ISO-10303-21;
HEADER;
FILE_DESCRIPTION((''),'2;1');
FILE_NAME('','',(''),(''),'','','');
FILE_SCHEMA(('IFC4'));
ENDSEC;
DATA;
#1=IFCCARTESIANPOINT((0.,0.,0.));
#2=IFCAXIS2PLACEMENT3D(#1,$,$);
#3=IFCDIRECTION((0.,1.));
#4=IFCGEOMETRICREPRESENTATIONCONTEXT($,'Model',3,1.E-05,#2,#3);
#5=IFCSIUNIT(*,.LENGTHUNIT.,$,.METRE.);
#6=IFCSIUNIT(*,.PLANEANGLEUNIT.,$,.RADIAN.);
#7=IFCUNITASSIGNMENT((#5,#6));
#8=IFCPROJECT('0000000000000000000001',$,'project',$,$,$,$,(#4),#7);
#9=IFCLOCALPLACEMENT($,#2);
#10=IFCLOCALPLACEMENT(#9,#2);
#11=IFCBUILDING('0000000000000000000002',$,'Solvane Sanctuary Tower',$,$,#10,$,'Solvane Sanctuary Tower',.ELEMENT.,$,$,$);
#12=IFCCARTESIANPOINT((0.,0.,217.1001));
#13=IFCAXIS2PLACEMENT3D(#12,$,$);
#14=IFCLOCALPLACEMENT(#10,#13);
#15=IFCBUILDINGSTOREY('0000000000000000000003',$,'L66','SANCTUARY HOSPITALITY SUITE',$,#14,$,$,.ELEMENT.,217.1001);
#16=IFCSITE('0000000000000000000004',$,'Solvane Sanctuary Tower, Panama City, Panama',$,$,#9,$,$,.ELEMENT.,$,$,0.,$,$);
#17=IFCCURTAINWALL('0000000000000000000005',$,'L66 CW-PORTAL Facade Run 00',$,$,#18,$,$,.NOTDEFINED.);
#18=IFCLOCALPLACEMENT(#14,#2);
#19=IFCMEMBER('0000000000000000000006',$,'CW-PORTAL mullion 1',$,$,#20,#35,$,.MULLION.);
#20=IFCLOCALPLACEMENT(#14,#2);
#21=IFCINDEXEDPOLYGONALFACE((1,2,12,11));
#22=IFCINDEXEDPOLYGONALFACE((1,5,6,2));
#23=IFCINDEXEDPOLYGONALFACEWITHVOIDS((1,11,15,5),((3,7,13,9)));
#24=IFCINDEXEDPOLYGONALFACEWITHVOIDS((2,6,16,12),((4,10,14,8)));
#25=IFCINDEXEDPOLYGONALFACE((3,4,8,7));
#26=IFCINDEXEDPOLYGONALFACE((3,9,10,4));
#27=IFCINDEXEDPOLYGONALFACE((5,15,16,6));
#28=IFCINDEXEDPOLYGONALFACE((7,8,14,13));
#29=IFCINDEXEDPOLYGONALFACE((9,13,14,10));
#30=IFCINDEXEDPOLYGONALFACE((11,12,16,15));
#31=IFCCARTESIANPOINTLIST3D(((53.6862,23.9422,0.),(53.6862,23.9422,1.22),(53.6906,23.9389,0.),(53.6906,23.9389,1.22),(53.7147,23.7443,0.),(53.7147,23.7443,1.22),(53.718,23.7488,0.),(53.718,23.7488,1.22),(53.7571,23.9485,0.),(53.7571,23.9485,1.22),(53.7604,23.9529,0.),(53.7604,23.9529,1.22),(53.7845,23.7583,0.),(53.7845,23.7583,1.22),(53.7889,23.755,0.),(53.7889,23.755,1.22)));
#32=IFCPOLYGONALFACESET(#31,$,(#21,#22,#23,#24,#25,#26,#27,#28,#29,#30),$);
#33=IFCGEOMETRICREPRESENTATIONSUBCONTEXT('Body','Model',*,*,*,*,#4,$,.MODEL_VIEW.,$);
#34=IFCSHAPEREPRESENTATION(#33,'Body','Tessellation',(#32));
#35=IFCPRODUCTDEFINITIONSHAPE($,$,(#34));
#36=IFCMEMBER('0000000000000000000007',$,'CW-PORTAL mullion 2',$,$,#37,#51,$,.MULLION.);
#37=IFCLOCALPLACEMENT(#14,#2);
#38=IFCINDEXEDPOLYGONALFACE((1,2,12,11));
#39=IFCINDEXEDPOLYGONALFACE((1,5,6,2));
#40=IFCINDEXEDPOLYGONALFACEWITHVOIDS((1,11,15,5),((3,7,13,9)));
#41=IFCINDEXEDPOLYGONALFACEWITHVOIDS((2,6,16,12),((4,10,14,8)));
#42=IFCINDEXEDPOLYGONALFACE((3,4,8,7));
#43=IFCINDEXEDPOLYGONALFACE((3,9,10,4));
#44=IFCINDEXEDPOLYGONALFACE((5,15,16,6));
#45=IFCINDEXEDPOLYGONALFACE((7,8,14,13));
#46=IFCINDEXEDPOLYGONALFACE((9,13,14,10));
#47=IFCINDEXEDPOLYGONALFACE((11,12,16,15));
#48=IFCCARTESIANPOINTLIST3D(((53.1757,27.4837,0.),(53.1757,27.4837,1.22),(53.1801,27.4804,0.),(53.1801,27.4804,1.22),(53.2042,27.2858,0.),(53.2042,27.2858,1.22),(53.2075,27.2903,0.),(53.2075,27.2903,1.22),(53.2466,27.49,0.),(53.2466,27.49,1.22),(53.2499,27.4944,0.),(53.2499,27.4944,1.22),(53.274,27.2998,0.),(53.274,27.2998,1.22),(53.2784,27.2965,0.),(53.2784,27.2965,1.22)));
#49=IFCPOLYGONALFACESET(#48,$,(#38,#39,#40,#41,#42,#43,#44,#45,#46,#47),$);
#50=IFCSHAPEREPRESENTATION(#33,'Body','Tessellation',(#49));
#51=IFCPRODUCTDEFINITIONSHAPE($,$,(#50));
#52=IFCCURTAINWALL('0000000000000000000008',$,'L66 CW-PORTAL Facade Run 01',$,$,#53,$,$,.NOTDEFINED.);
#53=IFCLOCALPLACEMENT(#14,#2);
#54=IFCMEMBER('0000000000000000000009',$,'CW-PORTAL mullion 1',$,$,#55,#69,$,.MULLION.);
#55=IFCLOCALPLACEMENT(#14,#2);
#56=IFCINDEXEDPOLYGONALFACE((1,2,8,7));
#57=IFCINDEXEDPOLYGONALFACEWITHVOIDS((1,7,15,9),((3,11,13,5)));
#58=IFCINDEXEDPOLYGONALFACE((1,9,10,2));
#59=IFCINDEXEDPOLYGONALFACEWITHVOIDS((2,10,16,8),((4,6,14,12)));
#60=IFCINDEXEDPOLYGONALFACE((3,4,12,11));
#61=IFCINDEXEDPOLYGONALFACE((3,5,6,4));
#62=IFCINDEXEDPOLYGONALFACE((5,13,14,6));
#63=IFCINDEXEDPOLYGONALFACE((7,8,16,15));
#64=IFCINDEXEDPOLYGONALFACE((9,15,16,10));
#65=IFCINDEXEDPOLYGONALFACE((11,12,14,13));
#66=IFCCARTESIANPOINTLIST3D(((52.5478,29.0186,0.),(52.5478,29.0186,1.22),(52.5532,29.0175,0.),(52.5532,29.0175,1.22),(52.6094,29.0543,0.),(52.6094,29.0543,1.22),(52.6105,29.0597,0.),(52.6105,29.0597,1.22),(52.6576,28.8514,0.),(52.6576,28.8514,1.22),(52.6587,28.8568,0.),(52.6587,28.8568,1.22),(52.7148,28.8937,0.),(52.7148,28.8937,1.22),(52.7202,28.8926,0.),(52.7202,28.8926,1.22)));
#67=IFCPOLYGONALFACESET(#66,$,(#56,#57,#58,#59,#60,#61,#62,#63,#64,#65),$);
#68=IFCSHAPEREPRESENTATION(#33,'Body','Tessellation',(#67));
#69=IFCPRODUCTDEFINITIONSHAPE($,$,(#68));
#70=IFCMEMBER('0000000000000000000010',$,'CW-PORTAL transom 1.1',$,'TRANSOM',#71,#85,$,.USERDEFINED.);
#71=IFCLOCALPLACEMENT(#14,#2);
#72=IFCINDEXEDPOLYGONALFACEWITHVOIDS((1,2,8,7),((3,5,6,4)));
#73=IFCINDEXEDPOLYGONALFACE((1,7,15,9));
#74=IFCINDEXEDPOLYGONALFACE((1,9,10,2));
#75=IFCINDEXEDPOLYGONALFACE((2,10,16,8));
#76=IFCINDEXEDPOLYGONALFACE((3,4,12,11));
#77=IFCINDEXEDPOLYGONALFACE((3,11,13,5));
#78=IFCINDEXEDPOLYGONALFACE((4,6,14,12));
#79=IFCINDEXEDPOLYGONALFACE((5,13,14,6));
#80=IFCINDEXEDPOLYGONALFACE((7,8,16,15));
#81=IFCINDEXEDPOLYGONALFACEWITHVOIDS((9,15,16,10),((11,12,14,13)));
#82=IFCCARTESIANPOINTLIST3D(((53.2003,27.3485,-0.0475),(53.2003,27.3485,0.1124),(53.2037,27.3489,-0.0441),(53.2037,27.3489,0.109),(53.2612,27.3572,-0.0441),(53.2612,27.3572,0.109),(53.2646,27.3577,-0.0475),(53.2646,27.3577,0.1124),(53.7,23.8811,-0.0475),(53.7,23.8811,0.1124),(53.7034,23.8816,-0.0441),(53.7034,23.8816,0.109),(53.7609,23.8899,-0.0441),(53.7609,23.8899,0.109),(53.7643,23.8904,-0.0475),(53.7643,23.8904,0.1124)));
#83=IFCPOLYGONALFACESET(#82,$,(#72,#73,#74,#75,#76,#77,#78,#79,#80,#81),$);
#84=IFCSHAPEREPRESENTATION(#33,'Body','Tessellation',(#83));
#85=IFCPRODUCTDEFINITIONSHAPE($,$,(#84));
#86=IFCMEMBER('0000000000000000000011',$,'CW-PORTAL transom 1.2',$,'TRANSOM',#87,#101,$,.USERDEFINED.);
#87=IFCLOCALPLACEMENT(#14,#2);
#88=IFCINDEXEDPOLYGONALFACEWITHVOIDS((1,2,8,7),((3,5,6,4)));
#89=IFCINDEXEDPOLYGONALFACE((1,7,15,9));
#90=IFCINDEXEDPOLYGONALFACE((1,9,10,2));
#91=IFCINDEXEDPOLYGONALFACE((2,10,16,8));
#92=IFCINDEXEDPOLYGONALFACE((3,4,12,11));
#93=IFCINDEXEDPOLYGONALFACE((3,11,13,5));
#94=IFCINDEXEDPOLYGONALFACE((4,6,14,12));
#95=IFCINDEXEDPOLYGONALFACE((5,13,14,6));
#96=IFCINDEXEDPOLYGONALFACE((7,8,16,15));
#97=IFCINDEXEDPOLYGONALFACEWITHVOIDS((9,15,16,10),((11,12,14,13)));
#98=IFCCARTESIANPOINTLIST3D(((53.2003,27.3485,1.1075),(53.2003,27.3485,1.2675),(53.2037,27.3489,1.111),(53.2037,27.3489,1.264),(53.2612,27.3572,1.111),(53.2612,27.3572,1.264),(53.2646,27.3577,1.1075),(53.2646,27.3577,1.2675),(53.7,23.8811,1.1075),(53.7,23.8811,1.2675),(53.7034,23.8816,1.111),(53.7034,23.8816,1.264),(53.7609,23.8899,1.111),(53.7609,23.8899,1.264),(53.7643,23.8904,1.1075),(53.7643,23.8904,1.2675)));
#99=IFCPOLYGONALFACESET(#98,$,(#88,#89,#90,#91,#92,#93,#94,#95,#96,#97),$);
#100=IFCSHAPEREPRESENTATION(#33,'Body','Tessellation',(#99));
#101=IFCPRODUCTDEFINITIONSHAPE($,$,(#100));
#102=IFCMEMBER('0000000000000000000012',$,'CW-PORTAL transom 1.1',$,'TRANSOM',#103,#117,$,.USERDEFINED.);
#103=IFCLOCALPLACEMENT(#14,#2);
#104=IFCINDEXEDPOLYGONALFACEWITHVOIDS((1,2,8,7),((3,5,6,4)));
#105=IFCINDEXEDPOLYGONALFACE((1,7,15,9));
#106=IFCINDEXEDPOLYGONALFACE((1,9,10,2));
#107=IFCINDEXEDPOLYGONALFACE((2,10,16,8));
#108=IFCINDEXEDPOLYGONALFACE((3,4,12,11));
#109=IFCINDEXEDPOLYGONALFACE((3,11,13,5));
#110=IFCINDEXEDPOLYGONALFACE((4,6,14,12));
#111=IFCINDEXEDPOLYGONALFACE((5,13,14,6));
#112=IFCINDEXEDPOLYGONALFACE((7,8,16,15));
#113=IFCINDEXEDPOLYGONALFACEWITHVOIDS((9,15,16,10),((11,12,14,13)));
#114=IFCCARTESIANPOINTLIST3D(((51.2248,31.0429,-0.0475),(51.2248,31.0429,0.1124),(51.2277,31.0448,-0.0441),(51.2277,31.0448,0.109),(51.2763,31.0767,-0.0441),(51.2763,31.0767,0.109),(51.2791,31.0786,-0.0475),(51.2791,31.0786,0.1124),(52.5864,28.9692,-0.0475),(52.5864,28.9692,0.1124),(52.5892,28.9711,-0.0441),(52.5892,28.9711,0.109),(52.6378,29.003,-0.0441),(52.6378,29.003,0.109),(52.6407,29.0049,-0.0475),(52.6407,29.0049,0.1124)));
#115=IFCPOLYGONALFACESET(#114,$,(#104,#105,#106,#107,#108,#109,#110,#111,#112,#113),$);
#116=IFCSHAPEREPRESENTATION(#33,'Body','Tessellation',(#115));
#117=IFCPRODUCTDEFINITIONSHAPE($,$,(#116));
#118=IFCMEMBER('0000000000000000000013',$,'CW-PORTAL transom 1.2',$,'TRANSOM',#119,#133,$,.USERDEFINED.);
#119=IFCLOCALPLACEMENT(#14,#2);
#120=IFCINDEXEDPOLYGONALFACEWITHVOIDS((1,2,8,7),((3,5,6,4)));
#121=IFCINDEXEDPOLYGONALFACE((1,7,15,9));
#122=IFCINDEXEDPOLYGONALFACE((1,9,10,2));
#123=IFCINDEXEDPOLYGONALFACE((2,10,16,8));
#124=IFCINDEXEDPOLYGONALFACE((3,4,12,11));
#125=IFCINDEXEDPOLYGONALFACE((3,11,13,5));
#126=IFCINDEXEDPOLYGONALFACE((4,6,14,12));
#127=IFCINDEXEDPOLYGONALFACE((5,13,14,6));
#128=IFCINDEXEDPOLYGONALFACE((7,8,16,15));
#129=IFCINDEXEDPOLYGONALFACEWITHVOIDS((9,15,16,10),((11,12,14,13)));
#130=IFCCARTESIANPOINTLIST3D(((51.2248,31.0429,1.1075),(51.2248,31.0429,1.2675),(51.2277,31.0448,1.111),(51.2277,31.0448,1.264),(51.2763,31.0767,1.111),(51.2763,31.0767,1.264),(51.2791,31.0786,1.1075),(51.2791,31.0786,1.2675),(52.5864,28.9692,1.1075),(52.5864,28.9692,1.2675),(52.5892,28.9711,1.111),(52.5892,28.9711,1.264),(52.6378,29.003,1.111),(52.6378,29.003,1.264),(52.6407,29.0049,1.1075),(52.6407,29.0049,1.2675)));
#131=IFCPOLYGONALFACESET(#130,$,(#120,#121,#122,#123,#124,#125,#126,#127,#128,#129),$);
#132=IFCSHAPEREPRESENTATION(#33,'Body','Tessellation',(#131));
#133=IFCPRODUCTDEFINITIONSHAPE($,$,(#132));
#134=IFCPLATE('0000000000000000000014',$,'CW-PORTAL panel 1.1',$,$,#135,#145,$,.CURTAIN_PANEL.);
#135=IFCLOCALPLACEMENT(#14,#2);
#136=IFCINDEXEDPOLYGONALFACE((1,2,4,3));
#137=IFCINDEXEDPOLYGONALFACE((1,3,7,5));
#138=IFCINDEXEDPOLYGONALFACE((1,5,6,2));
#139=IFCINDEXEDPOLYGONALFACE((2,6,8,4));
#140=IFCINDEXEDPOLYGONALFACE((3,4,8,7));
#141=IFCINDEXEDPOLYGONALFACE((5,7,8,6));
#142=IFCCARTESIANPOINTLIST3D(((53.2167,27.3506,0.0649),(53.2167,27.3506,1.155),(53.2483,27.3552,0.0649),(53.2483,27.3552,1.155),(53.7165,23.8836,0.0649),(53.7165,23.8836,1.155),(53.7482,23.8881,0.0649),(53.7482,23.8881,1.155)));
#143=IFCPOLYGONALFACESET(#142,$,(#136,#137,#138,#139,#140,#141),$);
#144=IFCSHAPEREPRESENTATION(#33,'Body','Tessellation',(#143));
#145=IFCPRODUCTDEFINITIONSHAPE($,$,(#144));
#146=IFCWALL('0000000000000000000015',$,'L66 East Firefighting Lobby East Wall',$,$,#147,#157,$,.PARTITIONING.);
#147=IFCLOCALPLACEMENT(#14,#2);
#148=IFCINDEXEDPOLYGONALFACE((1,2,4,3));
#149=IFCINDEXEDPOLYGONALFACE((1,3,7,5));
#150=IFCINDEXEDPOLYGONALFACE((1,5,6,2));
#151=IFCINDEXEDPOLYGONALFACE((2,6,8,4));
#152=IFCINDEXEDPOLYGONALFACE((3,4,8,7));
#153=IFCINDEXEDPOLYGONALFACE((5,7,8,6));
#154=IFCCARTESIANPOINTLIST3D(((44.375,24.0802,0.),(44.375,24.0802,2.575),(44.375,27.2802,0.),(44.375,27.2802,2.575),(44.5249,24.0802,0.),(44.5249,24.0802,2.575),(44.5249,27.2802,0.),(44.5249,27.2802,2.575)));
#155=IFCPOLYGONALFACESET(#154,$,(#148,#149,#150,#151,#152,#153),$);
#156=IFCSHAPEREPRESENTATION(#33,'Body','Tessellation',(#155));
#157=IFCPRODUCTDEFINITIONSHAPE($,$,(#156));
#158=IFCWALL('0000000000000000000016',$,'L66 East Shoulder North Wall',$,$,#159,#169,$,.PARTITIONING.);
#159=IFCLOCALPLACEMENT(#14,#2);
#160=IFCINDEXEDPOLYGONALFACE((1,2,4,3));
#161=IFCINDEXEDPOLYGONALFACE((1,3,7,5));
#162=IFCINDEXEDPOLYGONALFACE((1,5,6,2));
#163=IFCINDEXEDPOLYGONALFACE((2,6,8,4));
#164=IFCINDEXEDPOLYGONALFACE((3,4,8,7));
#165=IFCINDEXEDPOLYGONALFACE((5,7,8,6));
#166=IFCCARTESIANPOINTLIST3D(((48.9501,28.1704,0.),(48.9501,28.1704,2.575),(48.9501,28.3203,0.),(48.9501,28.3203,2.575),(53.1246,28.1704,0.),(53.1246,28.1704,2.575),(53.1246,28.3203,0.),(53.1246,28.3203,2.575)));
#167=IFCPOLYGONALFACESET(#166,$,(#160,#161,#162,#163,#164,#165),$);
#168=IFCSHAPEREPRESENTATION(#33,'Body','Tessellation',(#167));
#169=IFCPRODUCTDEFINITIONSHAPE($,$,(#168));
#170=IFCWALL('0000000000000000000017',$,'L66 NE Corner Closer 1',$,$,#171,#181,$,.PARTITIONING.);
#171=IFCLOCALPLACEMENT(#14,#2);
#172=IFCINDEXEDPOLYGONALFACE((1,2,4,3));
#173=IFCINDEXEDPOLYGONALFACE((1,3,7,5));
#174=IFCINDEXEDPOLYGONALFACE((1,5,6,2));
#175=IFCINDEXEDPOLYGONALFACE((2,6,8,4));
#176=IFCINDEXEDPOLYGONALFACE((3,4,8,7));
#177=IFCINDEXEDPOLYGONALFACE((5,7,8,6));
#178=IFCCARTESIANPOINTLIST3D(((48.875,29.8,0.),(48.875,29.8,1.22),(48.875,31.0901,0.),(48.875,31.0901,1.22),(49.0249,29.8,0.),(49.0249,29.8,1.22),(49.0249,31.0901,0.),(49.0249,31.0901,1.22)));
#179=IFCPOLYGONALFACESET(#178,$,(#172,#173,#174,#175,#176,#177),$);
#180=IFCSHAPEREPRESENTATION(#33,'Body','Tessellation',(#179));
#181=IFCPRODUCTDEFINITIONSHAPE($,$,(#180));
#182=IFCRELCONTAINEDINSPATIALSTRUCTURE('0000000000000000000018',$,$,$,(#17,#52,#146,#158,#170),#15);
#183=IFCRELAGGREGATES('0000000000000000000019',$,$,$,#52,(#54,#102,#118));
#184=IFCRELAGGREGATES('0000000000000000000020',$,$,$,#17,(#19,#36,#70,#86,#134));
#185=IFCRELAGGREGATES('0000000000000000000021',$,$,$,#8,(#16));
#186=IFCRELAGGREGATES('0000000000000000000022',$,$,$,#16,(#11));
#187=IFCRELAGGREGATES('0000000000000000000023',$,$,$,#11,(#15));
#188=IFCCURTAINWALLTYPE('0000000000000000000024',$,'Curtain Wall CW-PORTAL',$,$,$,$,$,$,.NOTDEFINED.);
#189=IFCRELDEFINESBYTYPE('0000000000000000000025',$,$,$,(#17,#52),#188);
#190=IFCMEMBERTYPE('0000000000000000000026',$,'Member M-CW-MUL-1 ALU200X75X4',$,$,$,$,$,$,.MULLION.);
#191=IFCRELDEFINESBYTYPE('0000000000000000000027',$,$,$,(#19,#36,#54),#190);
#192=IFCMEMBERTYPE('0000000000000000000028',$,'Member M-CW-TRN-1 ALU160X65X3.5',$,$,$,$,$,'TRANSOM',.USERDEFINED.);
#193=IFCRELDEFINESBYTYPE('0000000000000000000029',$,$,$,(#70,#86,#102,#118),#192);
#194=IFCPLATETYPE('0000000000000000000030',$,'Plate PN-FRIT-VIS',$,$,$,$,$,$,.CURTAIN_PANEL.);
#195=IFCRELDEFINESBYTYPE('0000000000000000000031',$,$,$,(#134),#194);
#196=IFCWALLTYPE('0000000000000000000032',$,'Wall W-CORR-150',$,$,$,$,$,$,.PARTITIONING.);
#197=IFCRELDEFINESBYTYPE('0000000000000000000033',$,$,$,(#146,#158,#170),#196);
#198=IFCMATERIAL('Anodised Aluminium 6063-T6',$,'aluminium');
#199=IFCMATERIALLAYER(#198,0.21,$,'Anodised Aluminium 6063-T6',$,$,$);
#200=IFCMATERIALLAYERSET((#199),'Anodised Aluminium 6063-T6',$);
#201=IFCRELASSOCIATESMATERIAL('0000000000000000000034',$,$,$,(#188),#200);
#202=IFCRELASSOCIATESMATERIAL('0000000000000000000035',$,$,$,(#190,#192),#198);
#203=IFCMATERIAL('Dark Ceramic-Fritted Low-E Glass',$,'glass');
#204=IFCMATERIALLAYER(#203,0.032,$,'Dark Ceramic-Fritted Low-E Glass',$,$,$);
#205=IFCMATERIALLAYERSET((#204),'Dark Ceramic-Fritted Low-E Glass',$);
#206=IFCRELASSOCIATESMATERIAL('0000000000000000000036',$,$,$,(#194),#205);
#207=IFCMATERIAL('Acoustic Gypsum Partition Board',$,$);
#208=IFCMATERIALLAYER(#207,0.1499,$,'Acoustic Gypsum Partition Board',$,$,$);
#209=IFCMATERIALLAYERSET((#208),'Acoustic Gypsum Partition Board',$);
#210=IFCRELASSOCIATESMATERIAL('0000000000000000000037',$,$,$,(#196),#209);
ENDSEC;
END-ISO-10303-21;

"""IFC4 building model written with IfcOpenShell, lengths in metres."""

from ifc_helpers import new_model, si_unit, direction, frame, frame_2d, origin, origin_2d, place, context, subcontext, project, spatial, rectangle, hollow_rectangle, extrude, material, layer, layer_set, material_profile, profile_set, type_object, element, aggregate, save


model = new_model("IFC4")

# Units and contexts
model_context = context("Model", 3, precision=1e-05, world=origin(), true_north=direction((0.0, 1.0)))
body_context = subcontext(model_context, "Body", "Model", "MODEL_VIEW")
ifc_project = project(units=[si_unit("LENGTHUNIT", "METRE"), si_unit("PLANEANGLEUNIT", "RADIAN")], contexts=[model_context])

# Site, building, storey
site_placement = place(None, origin())
site = spatial("IfcSite", under=ifc_project, at=site_placement, Name="Solvane Sanctuary Tower, Panama City, Panama", CompositionType="ELEMENT", RefElevation=0.0)
building_placement = place(site_placement, origin())
building = spatial("IfcBuilding", under=site, at=building_placement, Name="Solvane Sanctuary Tower", LongName="Solvane Sanctuary Tower", CompositionType="ELEMENT")
storey_placement = place(building_placement, frame((0.0, 0.0, 217.1001)))
storey = spatial("IfcBuildingStorey", under=building, at=storey_placement, Name="L66", Description="SANCTUARY HOSPITALITY SUITE", CompositionType="ELEMENT", Elevation=217.1001)

# Curtain wall, members
ifc_material_1 = material(Name="Anodised Aluminium 6063-T6", Category="aluminium")
ifc_layer_1 = layer(ifc_material_1, 0.21, Name="Anodised Aluminium 6063-T6")
ifc_layer_set_1 = layer_set([ifc_layer_1], Name="Anodised Aluminium 6063-T6")
curtain_wall_type = type_object("IfcCurtainWallType", Name="Curtain Wall CW-PORTAL", PredefinedType="NOTDEFINED", material=ifc_layer_set_1)
curtain_wall_1_placement = place(storey_placement, origin())
curtain_wall_1 = element("IfcCurtainWall", 1, at=curtain_wall_1_placement, inside=storey, type_object=curtain_wall_type, Name="L66 CW-PORTAL Facade Run 00", PredefinedType="NOTDEFINED")
ifc_material_profile_1 = material_profile(ifc_material_1, hollow_rectangle(XDim=0.075, YDim=0.2, WallThickness=0.0039, at=origin_2d()), Name="ALU200X75X4")
ifc_profile_set_1 = profile_set([ifc_material_profile_1], Name="Anodised Aluminium 6063-T6")
member_type_1 = type_object("IfcMemberType", Name="Member M-CW-MUL-1 ALU200X75X4", PredefinedType="MULLION", material=ifc_profile_set_1)
member_1_placement = place(storey_placement, frame((53.7375, 23.8486, 0.0), z_axis=(0.0, 0.0, 1.0), x_axis=(-0.989765, -0.142705, 0.0)))
member_1 = element("IfcMember", 2, at=member_1_placement, type_object=member_type_1, Name="CW-PORTAL mullion 1", PredefinedType="MULLION", context=body_context, shape_type="SweptSolid", body=[
    extrude(hollow_rectangle(XDim=0.075, YDim=0.2, WallThickness=0.0039, at=origin_2d()), origin(), (0.0, 0.0, 1.0), 1.22),
])
member_2_placement = place(storey_placement, frame((53.2271, 27.3901, 0.0), z_axis=(0.0, 0.0, 1.0), x_axis=(-0.989765, -0.142705, 0.0)))
member_2 = element("IfcMember", 3, at=member_2_placement, type_object=member_type_1, Name="CW-PORTAL mullion 2", PredefinedType="MULLION", context=body_context, shape_type="SweptSolid", body=[
    extrude(hollow_rectangle(XDim=0.075, YDim=0.2, WallThickness=0.0039, at=origin_2d()), origin(), (0.0, 0.0, 1.0), 1.22),
])

# Curtain wall, member
curtain_wall_2_placement = place(storey_placement, origin())
curtain_wall_2 = element("IfcCurtainWall", 4, at=curtain_wall_2_placement, inside=storey, type_object=curtain_wall_type, Name="L66 CW-PORTAL Facade Run 01", PredefinedType="NOTDEFINED")
member_3_placement = place(storey_placement, frame((52.634, 28.9556, 0.0), z_axis=(0.0, 0.0, 1.0), x_axis=(-0.835959, -0.548792, 0.0)))
member_3 = element("IfcMember", 5, at=member_3_placement, type_object=member_type_1, Name="CW-PORTAL mullion 1", PredefinedType="MULLION", context=body_context, shape_type="SweptSolid", body=[
    extrude(hollow_rectangle(XDim=0.075, YDim=0.2, WallThickness=0.0039, at=origin_2d()), origin(), (0.0, 0.0, 1.0), 1.22),
])

# Members
ifc_material_profile_2 = material_profile(ifc_material_1, hollow_rectangle(XDim=0.0649, YDim=0.1599, WallThickness=0.0034, at=origin_2d()), Name="ALU160X65X3.5")
ifc_profile_set_2 = profile_set([ifc_material_profile_2], Name="Anodised Aluminium 6063-T6")
member_type_2 = type_object("IfcMemberType", Name="Member M-CW-TRN-1 ALU160X65X3.5", ElementType="TRANSOM", PredefinedType="USERDEFINED", material=ifc_profile_set_2)
member_4_placement = place(storey_placement, frame((53.7322, 23.8857, 0.0325), z_axis=(-0.14266, 0.989772, 0.0), x_axis=(-0.989772, -0.14266, 0.0)))
member_4 = element("IfcMember", 6, at=member_4_placement, type_object=member_type_2, Name="CW-PORTAL transom 1.1", ObjectType="TRANSOM", PredefinedType="USERDEFINED", context=body_context, shape_type="SweptSolid", body=[
    extrude(hollow_rectangle(XDim=0.0649, YDim=0.1599, WallThickness=0.0034, at=origin_2d()), origin(), (0.0, 0.0, 1.0), 3.5032),
])
member_5_placement = place(storey_placement, frame((53.7322, 23.8857, 1.1875), z_axis=(-0.14266, 0.989772, 0.0), x_axis=(-0.989772, -0.14266, 0.0)))
member_5 = element("IfcMember", 7, at=member_5_placement, type_object=member_type_2, Name="CW-PORTAL transom 1.2", ObjectType="TRANSOM", PredefinedType="USERDEFINED", context=body_context, shape_type="SweptSolid", body=[
    extrude(hollow_rectangle(XDim=0.0649, YDim=0.1599, WallThickness=0.0034, at=origin_2d()), origin(), (0.0, 0.0, 1.0), 3.5032),
])
member_6_placement = place(storey_placement, frame((52.6135, 28.9871, 0.0325), z_axis=(-0.54885, 0.835921, 0.0), x_axis=(-0.835921, -0.54885, 0.0)))
member_6 = element("IfcMember", 8, at=member_6_placement, type_object=member_type_2, Name="CW-PORTAL transom 1.1", ObjectType="TRANSOM", PredefinedType="USERDEFINED", context=body_context, shape_type="SweptSolid", body=[
    extrude(hollow_rectangle(XDim=0.0649, YDim=0.1599, WallThickness=0.0034, at=origin_2d()), origin(), (0.0, 0.0, 1.0), 2.4807),
])
member_7_placement = place(storey_placement, frame((52.6135, 28.9871, 1.1875), z_axis=(-0.54885, 0.835921, 0.0), x_axis=(-0.835921, -0.54885, 0.0)))
member_7 = element("IfcMember", 9, at=member_7_placement, type_object=member_type_2, Name="CW-PORTAL transom 1.2", ObjectType="TRANSOM", PredefinedType="USERDEFINED", context=body_context, shape_type="SweptSolid", body=[
    extrude(hollow_rectangle(XDim=0.0649, YDim=0.1599, WallThickness=0.0034, at=origin_2d()), origin(), (0.0, 0.0, 1.0), 2.4807),
])
aggregate(curtain_wall_2, [member_3, member_6, member_7])

# Plate
ifc_material_2 = material(Name="Dark Ceramic-Fritted Low-E Glass", Category="glass")
ifc_layer_2 = layer(ifc_material_2, 0.032, Name="Dark Ceramic-Fritted Low-E Glass")
ifc_layer_set_2 = layer_set([ifc_layer_2], Name="Dark Ceramic-Fritted Low-E Glass")
plate_type = type_object("IfcPlateType", Name="Plate PN-FRIT-VIS", PredefinedType="CURTAIN_PANEL", material=ifc_layer_set_2)
plate_placement = place(storey_placement, frame((53.4824, 25.6194, 0.0649), z_axis=(0.0, 0.0, 1.0), x_axis=(-0.142705, 0.989765, 0.0)))
plate = element("IfcPlate", 10, at=plate_placement, type_object=plate_type, Name="CW-PORTAL panel 1.1", PredefinedType="CURTAIN_PANEL", context=body_context, shape_type="SweptSolid", body=[
    extrude(rectangle(XDim=3.5029, YDim=0.032, at=origin_2d()), origin(), (0.0, 0.0, 1.0), 1.0901),
])
aggregate(curtain_wall_1, [member_1, member_2, member_4, member_5, plate])

# Walls
ifc_material_3 = material(Name="Acoustic Gypsum Partition Board")
ifc_layer_3 = layer(ifc_material_3, 0.1499, Name="Acoustic Gypsum Partition Board")
ifc_layer_set_3 = layer_set([ifc_layer_3], Name="Acoustic Gypsum Partition Board")
wall_type_1 = type_object("IfcWallType", Name="Wall W-CORR-150", PredefinedType="PARTITIONING", material=ifc_layer_set_3)
wall_1_placement = place(storey_placement, frame((44.45, 24.0801, 0.0), z_axis=(0.0, 0.0, 1.0), x_axis=(0.0, 1.0, 0.0)))
element("IfcWall", 11, at=wall_1_placement, inside=storey, type_object=wall_type_1, Name="L66 East Firefighting Lobby East Wall", PredefinedType="PARTITIONING", context=body_context, shape_type="SweptSolid", body=[
    extrude(rectangle(XDim=3.2, YDim=0.1499, at=frame_2d((1.6001, 0.0))), origin(), (0.0, 0.0, 1.0), 2.575),
])
wall_2_placement = place(storey_placement, frame((48.95, 28.2454, 0.0), z_axis=(0.0, 0.0, 1.0), x_axis=(1.0, 0.0, 0.0)))
element("IfcWall", 12, at=wall_2_placement, inside=storey, type_object=wall_type_1, Name="L66 East Shoulder North Wall", PredefinedType="PARTITIONING", context=body_context, shape_type="SweptSolid", body=[
    extrude(rectangle(XDim=4.1746, YDim=0.1499, at=frame_2d((2.0874, 0.0))), origin(), (0.0, 0.0, 1.0), 2.575),
])
wall_3_placement = place(storey_placement, frame((48.95, 29.8, 0.0), z_axis=(0.0, 0.0, 1.0), x_axis=(0.0, 1.0, 0.0)))
element("IfcWall", 13, at=wall_3_placement, inside=storey, type_object=wall_type_1, Name="L66 NE Corner Closer 1", PredefinedType="PARTITIONING", context=body_context, shape_type="SweptSolid", body=[
    extrude(rectangle(XDim=1.29, YDim=0.1499, at=frame_2d((0.645, 0.0))), origin(), (0.0, 0.0, 1.0), 1.22),
])

save(model, "model.ifc")
